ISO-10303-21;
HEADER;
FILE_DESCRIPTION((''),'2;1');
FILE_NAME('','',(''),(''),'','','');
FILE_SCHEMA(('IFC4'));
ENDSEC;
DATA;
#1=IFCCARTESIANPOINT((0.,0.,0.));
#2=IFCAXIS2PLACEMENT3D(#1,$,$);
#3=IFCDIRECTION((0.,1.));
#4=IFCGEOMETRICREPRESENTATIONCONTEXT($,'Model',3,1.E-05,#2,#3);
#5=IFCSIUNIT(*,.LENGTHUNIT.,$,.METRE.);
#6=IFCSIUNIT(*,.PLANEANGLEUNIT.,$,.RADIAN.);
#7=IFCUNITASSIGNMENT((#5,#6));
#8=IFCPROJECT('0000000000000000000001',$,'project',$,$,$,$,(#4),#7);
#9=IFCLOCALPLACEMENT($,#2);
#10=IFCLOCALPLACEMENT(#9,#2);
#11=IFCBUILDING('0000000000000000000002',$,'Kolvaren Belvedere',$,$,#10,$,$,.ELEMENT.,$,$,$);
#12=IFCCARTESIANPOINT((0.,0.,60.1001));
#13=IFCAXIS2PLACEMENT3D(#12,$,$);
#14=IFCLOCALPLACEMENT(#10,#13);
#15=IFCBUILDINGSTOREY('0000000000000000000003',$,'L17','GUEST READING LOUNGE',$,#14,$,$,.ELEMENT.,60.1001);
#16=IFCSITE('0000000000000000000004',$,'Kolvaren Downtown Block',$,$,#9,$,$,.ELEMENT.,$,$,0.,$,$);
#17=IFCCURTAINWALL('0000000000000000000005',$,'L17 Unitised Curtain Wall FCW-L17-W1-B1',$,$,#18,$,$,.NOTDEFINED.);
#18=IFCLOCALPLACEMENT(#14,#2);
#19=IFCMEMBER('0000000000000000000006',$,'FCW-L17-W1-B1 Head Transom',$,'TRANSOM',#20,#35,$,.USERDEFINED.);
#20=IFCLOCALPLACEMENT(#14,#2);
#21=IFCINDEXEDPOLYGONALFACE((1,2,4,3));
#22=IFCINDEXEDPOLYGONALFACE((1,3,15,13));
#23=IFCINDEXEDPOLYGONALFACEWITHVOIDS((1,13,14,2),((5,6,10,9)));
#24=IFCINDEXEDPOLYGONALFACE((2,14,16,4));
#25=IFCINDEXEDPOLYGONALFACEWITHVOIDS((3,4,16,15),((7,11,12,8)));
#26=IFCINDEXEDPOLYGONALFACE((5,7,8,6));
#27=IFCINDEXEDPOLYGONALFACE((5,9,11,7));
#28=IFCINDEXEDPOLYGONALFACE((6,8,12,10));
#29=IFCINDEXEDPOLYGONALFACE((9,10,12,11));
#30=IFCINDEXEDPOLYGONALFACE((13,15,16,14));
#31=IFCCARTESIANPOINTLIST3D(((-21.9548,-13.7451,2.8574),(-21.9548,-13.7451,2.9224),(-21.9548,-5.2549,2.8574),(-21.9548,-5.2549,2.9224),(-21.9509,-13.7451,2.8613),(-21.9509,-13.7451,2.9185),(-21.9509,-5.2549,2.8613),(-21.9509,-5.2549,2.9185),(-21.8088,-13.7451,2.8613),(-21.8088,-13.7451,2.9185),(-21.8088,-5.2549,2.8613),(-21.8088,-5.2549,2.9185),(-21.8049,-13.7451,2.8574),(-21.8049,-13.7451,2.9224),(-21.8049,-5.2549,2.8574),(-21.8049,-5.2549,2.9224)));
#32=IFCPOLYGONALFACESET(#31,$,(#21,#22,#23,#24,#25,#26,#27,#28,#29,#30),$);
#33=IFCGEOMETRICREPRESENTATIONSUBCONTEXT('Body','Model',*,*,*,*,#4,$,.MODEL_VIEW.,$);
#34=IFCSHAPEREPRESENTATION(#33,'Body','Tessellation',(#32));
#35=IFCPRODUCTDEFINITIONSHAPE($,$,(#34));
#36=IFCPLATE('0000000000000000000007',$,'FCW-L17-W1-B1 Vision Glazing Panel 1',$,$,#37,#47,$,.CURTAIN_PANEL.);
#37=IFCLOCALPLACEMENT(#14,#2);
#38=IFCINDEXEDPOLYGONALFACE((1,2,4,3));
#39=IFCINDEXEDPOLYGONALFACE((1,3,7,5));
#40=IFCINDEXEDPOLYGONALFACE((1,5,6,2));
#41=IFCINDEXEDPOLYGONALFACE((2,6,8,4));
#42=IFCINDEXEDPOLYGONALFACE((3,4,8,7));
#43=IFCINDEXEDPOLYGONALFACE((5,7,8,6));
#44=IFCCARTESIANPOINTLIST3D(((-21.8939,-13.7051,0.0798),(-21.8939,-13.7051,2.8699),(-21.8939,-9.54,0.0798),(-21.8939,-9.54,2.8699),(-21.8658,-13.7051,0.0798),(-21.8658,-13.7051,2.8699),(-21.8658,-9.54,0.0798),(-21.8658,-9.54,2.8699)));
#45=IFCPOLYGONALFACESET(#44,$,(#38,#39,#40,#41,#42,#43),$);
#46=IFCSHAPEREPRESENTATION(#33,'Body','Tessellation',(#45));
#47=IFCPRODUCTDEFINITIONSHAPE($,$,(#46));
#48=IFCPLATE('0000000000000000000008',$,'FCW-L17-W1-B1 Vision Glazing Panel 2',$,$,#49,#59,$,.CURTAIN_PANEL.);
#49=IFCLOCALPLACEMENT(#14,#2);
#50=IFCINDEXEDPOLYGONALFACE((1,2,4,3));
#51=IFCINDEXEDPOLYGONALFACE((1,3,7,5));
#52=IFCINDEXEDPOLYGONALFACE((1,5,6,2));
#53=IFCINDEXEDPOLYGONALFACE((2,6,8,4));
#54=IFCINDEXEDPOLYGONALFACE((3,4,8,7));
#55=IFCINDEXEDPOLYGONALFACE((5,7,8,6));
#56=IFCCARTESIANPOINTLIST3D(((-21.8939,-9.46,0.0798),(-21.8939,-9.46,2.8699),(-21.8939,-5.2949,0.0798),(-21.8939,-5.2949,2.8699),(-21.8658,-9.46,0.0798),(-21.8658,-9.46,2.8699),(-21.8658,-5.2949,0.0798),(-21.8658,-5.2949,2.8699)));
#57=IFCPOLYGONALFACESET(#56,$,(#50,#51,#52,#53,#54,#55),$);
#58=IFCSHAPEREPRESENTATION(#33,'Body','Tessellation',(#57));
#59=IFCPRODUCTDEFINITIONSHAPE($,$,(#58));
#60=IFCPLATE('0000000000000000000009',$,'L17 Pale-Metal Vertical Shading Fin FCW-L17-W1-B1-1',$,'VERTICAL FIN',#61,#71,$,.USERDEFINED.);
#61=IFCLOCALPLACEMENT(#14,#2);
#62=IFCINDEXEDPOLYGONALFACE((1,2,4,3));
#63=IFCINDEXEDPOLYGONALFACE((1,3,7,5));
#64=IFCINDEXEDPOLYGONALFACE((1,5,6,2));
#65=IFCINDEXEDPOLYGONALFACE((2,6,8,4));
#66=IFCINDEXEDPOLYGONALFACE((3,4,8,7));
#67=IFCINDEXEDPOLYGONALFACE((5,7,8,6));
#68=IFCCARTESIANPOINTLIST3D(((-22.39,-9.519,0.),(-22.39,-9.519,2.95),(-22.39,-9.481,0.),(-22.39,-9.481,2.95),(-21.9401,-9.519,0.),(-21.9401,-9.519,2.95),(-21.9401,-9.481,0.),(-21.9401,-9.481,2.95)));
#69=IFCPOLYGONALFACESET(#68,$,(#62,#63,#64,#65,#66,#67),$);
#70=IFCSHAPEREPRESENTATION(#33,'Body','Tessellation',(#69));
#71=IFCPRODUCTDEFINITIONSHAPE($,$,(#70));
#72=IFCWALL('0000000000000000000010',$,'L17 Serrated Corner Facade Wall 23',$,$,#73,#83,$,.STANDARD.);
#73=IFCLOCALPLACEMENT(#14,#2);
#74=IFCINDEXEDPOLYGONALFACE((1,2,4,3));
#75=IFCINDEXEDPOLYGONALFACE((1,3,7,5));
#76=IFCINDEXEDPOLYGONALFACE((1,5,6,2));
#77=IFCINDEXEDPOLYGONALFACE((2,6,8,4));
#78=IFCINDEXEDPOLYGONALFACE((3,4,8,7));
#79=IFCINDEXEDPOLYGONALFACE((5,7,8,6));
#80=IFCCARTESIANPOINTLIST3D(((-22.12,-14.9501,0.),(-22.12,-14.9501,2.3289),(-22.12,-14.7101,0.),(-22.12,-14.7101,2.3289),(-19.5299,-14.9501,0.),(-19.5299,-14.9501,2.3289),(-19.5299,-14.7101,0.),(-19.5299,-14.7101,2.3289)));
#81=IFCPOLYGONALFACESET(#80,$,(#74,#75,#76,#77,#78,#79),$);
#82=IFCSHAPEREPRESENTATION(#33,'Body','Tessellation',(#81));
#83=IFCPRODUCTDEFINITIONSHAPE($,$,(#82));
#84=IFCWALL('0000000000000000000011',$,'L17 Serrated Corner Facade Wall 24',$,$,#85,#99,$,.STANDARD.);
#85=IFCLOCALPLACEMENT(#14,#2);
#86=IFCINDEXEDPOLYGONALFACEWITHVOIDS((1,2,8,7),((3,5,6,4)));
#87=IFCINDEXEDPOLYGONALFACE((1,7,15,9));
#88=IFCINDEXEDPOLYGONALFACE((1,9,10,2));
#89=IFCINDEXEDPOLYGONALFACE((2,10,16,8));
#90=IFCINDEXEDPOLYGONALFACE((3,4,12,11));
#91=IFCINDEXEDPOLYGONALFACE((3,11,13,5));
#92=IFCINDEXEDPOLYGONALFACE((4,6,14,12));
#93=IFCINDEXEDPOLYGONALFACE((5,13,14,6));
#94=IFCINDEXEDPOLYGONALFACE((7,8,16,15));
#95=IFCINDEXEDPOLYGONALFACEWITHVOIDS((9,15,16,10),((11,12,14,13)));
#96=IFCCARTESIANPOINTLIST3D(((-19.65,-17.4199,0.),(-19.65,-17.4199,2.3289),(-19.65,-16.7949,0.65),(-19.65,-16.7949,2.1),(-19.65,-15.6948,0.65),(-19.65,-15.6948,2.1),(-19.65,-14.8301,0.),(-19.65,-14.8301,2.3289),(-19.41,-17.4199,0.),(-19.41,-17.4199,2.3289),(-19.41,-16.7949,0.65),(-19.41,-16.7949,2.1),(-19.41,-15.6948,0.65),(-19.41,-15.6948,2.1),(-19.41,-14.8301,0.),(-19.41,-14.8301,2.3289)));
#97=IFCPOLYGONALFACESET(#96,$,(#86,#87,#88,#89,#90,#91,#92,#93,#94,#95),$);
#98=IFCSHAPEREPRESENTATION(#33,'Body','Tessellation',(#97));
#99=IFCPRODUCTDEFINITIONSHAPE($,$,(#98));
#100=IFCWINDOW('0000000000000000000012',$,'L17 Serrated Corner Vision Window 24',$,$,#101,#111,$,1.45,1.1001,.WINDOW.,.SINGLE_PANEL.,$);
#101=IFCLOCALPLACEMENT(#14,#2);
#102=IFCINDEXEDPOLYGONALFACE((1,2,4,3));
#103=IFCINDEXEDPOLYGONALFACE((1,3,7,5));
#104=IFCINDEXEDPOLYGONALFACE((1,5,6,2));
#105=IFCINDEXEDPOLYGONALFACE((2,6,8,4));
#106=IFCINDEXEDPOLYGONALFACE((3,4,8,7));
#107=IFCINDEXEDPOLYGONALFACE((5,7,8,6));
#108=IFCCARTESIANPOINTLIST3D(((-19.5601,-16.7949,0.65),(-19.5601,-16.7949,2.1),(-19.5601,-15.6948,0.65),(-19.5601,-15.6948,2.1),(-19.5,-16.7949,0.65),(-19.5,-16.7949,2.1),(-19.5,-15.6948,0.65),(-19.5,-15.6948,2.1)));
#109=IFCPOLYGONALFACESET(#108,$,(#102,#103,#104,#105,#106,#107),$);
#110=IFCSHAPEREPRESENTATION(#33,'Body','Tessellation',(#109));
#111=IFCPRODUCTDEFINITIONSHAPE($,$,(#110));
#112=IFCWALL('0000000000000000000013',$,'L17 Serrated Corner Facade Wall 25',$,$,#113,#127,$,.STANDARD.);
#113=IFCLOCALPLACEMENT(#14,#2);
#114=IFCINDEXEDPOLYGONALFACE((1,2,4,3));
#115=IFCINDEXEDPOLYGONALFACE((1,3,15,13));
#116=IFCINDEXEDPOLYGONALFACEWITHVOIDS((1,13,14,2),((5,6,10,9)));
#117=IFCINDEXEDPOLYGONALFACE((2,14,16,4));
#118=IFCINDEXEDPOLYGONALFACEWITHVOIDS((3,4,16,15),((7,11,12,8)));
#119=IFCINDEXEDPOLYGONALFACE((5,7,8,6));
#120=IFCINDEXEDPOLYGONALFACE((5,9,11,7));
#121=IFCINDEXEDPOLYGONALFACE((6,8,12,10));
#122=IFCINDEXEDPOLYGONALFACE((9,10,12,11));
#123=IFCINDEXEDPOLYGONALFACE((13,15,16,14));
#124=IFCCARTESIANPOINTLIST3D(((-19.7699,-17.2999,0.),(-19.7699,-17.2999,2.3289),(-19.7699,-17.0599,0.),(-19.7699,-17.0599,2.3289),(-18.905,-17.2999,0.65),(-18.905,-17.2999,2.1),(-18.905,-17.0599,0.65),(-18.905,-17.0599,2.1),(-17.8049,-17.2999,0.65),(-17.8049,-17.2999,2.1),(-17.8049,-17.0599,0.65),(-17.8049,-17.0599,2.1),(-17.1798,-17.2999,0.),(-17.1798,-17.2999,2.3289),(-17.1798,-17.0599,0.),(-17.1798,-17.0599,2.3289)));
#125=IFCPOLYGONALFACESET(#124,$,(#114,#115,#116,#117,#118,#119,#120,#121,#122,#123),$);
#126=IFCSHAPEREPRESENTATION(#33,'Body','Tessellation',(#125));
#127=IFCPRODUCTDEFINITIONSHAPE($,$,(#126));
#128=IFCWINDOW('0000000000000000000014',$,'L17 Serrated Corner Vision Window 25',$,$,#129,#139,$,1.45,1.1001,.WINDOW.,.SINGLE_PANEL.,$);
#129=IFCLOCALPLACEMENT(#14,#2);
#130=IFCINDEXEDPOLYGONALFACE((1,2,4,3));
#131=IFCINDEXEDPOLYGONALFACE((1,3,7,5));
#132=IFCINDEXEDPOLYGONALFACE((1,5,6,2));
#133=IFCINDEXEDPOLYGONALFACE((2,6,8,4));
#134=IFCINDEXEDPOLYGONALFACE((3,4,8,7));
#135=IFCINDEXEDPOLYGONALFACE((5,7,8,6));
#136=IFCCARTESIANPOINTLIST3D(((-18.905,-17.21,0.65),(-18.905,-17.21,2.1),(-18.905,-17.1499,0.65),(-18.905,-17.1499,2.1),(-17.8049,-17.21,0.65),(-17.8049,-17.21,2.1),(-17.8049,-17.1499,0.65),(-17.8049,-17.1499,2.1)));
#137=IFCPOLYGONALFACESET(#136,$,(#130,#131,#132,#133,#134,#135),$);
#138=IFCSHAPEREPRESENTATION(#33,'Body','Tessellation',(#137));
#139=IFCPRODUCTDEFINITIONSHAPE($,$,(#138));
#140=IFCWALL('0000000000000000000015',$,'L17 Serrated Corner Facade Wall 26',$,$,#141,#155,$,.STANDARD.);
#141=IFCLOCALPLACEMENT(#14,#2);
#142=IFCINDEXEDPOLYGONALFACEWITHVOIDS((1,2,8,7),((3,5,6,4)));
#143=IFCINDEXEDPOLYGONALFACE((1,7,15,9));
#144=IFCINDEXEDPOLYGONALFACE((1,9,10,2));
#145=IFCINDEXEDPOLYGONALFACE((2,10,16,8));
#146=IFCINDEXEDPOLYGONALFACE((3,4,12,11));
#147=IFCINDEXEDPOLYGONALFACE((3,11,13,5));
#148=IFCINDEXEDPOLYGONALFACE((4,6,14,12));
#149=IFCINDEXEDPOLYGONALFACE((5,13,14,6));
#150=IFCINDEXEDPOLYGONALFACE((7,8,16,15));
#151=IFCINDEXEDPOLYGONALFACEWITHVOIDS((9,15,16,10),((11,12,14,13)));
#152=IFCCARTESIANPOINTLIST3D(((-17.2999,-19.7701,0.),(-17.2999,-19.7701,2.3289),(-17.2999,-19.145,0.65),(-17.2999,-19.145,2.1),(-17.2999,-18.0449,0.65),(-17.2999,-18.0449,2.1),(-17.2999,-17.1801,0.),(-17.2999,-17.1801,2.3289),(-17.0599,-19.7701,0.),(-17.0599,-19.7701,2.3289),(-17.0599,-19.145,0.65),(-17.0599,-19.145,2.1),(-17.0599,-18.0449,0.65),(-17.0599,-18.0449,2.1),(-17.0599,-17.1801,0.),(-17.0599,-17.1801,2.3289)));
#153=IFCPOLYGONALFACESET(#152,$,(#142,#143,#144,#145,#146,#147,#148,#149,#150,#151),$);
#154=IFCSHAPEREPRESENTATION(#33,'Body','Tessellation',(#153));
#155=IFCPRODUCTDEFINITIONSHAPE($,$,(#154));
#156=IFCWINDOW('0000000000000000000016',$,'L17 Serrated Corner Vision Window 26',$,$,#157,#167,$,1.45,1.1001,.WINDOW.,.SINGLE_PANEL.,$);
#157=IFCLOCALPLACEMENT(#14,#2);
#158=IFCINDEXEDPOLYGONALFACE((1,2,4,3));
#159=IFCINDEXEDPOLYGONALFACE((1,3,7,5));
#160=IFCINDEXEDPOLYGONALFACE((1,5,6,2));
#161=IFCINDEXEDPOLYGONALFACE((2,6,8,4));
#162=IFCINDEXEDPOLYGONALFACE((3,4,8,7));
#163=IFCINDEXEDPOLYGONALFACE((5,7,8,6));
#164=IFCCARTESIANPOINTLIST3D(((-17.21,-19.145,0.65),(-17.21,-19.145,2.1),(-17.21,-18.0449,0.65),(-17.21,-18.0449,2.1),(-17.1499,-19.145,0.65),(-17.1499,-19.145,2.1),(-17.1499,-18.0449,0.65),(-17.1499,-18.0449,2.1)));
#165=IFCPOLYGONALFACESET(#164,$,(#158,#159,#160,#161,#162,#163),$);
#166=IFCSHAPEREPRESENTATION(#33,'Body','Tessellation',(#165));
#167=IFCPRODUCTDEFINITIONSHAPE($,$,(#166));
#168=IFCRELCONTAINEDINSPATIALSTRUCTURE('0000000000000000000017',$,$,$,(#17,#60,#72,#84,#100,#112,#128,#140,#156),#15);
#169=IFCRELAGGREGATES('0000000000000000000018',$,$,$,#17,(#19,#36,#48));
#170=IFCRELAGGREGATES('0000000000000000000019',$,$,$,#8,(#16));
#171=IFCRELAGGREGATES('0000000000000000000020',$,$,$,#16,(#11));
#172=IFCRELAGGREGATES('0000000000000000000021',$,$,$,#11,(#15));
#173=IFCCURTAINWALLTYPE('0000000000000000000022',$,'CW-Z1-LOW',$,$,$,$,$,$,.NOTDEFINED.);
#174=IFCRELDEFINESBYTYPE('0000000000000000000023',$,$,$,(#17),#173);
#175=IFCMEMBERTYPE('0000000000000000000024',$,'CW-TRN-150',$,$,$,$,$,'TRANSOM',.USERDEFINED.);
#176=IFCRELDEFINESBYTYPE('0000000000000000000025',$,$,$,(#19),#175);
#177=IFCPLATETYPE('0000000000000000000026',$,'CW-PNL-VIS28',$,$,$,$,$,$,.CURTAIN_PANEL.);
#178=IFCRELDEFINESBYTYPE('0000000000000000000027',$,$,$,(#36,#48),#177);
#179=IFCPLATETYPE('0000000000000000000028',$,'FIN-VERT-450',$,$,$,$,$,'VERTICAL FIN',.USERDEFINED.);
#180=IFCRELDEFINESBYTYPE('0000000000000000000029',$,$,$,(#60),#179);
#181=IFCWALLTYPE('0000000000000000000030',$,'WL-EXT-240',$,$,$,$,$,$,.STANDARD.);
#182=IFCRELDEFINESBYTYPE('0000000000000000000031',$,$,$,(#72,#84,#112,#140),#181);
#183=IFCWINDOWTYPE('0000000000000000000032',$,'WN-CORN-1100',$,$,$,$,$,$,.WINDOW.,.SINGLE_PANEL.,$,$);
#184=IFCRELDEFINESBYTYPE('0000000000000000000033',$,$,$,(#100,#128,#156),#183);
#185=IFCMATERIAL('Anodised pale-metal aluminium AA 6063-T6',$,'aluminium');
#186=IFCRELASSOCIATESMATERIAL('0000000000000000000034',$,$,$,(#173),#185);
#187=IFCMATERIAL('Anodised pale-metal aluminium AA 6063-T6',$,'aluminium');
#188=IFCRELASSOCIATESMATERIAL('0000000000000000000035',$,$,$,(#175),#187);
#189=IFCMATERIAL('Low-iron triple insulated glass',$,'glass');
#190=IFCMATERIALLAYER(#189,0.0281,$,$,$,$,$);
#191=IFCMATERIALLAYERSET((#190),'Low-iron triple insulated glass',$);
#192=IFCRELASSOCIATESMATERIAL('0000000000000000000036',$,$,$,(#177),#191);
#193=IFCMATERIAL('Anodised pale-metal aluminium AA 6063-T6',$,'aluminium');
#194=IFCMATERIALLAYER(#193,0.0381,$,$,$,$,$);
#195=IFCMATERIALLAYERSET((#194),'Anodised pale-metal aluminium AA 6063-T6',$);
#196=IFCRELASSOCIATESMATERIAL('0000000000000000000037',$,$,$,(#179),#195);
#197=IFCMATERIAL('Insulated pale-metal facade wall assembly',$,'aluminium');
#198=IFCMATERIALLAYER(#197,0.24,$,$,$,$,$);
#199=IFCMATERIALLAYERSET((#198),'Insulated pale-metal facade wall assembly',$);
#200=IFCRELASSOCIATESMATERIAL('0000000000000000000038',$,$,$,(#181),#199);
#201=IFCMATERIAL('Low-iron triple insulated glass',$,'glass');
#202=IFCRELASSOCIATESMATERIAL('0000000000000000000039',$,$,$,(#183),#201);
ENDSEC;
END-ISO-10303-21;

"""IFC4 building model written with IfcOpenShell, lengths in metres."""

from ifc_helpers import new_model, si_unit, direction, frame, frame_2d, origin, origin_2d, place, context, subcontext, project, spatial, rectangle, hollow_rectangle, extrude, material, layer, layer_set, material_profile, profile_set, type_object, element, fill, aggregate, save


model = new_model("IFC4")

# Units and contexts
model_context = context("Model", 3, precision=1e-05, world=origin(), true_north=direction((0.0, 1.0)))
body_context = subcontext(model_context, "Body", "Model", "MODEL_VIEW")
ifc_project = project(units=[si_unit("LENGTHUNIT", "METRE"), si_unit("PLANEANGLEUNIT", "RADIAN")], contexts=[model_context])

# Site, building, storey
site_placement = place(None, origin())
site = spatial("IfcSite", under=ifc_project, at=site_placement, Name="Kolvaren Downtown Block", CompositionType="ELEMENT", RefElevation=0.0)
building_placement = place(site_placement, origin())
building = spatial("IfcBuilding", under=site, at=building_placement, Name="Kolvaren Belvedere", CompositionType="ELEMENT")
storey_placement = place(building_placement, frame((0.0, 0.0, 60.1001)))
storey = spatial("IfcBuildingStorey", under=building, at=storey_placement, Name="L17", Description="GUEST READING LOUNGE", CompositionType="ELEMENT", Elevation=60.1001)

# Curtain wall, member, plates
ifc_material_1 = material(Name="Anodised pale-metal aluminium AA 6063-T6", Category="aluminium")
curtain_wall_type = type_object("IfcCurtainWallType", Name="CW-Z1-LOW", PredefinedType="NOTDEFINED", material=ifc_material_1)
curtain_wall_placement = place(storey_placement, origin())
curtain_wall = element("IfcCurtainWall", 1, at=curtain_wall_placement, inside=storey, type_object=curtain_wall_type, Name="L17 Unitised Curtain Wall FCW-L17-W1-B1", PredefinedType="NOTDEFINED")
ifc_material_2 = material(Name="Anodised pale-metal aluminium AA 6063-T6", Category="aluminium")
ifc_material_profile_1 = material_profile(ifc_material_2, hollow_rectangle(XDim=0.0649, YDim=0.1499, WallThickness=0.0039, at=origin_2d()), Name="ALU-TRN-150X65")
ifc_profile_set_1 = profile_set([ifc_material_profile_1], Name="Anodised pale-metal aluminium AA 6063-T6")
member_type_1 = type_object("IfcMemberType", Name="CW-TRN-150", ElementType="TRANSOM", PredefinedType="USERDEFINED", material=ifc_profile_set_1)
member_1_placement = place(storey_placement, frame((-21.8799, -13.7451, 2.8899), z_axis=(0.0, 1.0, 0.0), x_axis=(0.0, 0.0, 1.0)))
member_1 = element("IfcMember", 2, at=member_1_placement, type_object=member_type_1, Name="FCW-L17-W1-B1 Head Transom", ObjectType="TRANSOM", PredefinedType="USERDEFINED", context=body_context, shape_type="SweptSolid", body=[
    extrude(hollow_rectangle(XDim=0.0649, YDim=0.1499, WallThickness=0.0039, at=origin_2d()), origin(), (0.0, 0.0, 1.0), 8.4902),
])
ifc_material_3 = material(Name="Low-iron triple insulated glass", Category="glass")
ifc_layer_1 = layer(ifc_material_3, 0.0281)
ifc_layer_set_1 = layer_set([ifc_layer_1], Name="Low-iron triple insulated glass")
plate_type_1 = type_object("IfcPlateType", Name="CW-PNL-VIS28", PredefinedType="CURTAIN_PANEL", material=ifc_layer_set_1)
plate_1_placement = place(storey_placement, frame((-21.8799, -11.6226, 0.0798), z_axis=(0.0, 0.0, 1.0), x_axis=(0.0, 1.0, 0.0)))
plate_1 = element("IfcPlate", 3, at=plate_1_placement, type_object=plate_type_1, Name="FCW-L17-W1-B1 Vision Glazing Panel 1", PredefinedType="CURTAIN_PANEL", context=body_context, shape_type="SweptSolid", body=[
    extrude(rectangle(XDim=4.165, YDim=0.0281, at=origin_2d()), origin(), (0.0, 0.0, 1.0), 2.79),
])
plate_2_placement = place(storey_placement, frame((-21.8799, -7.3774, 0.0798), z_axis=(0.0, 0.0, 1.0), x_axis=(0.0, 1.0, 0.0)))
plate_2 = element("IfcPlate", 4, at=plate_2_placement, type_object=plate_type_1, Name="FCW-L17-W1-B1 Vision Glazing Panel 2", PredefinedType="CURTAIN_PANEL", context=body_context, shape_type="SweptSolid", body=[
    extrude(rectangle(XDim=4.165, YDim=0.0281, at=origin_2d()), origin(), (0.0, 0.0, 1.0), 2.79),
])
aggregate(curtain_wall, [member_1, plate_1, plate_2])

# Plate
ifc_material_4 = material(Name="Anodised pale-metal aluminium AA 6063-T6", Category="aluminium")
ifc_layer_2 = layer(ifc_material_4, 0.0381)
ifc_layer_set_2 = layer_set([ifc_layer_2], Name="Anodised pale-metal aluminium AA 6063-T6")
plate_type_2 = type_object("IfcPlateType", Name="FIN-VERT-450", ElementType="VERTICAL FIN", PredefinedType="USERDEFINED", material=ifc_layer_set_2)
plate_3_placement = place(storey_placement, frame((-22.165, -9.5, 0.0), z_axis=(0.0, 0.0, 1.0), x_axis=(1.0, 0.0, 0.0)))
element("IfcPlate", 5, at=plate_3_placement, inside=storey, type_object=plate_type_2, Name="L17 Pale-Metal Vertical Shading Fin FCW-L17-W1-B1-1", ObjectType="VERTICAL FIN", PredefinedType="USERDEFINED", context=body_context, shape_type="SweptSolid", body=[
    extrude(rectangle(XDim=0.45, YDim=0.0381, at=origin_2d()), origin(), (0.0, 0.0, 1.0), 2.95),
])

# Wall
ifc_material_5 = material(Name="Insulated pale-metal facade wall assembly", Category="aluminium")
ifc_layer_3 = layer(ifc_material_5, 0.24)
ifc_layer_set_3 = layer_set([ifc_layer_3], Name="Insulated pale-metal facade wall assembly")
wall_type_1 = type_object("IfcWallType", Name="WL-EXT-240", PredefinedType="STANDARD", material=ifc_layer_set_3)
wall_1_placement = place(storey_placement, frame((-19.53, -14.8301, 0.0), z_axis=(0.0, 0.0, 1.0), x_axis=(-1.0, 0.0, 0.0)))
element("IfcWall", 6, at=wall_1_placement, inside=storey, type_object=wall_type_1, Name="L17 Serrated Corner Facade Wall 23", PredefinedType="STANDARD", context=body_context, shape_type="SweptSolid", body=[
    extrude(rectangle(XDim=2.5901, YDim=0.24, at=frame_2d((1.2949, 0.0))), origin(), (0.0, 0.0, 1.0), 2.3289),
])

# Walls, openings, windows
wall_2_placement = place(storey_placement, frame((-19.53, -17.4199, 0.0), z_axis=(0.0, 0.0, 1.0), x_axis=(0.0, 1.0, 0.0)))
wall_2 = element("IfcWall", 7, at=wall_2_placement, inside=storey, type_object=wall_type_1, Name="L17 Serrated Corner Facade Wall 24", PredefinedType="STANDARD", context=body_context, shape_type="SweptSolid", body=[
    extrude(rectangle(XDim=2.5898, YDim=0.24, at=frame_2d((1.2949, 0.0))), origin(), (0.0, 0.0, 1.0), 2.3289),
])
opening_1_placement = place(wall_2_placement, frame((0.625, 0.0, 0.6499)))
opening_1 = element("IfcOpeningElement", 8, at=opening_1_placement, cuts=wall_2, PredefinedType="OPENING", context=body_context, shape_type="SweptSolid", body=[
    extrude(rectangle(XDim=1.1001, YDim=1.45, at=frame_2d((0.55, 0.7251))), frame((0.0, 0.1299, 0.0), z_axis=(0.0, -1.0, 0.0), x_axis=(1.0, 0.0, 0.0)), (0.0, 0.0, 1.0), 0.26),
])
ifc_material_6 = material(Name="Low-iron triple insulated glass", Category="glass")
window_type = type_object("IfcWindowType", Name="WN-CORN-1100", PartitioningType="SINGLE_PANEL", PredefinedType="WINDOW", material=ifc_material_6)
window_1_placement = place(opening_1_placement, origin())
window_1 = element("IfcWindow", 9, at=window_1_placement, inside=storey, type_object=window_type, Name="L17 Serrated Corner Vision Window 24", OverallHeight=1.45, OverallWidth=1.1001, PartitioningType="SINGLE_PANEL", PredefinedType="WINDOW", context=body_context, shape_type="SweptSolid", body=[
    extrude(rectangle(XDim=1.1001, YDim=1.45, at=frame_2d((0.55, 0.7251))), frame((0.0, 0.03, 0.0), z_axis=(0.0, -1.0, 0.0), x_axis=(1.0, 0.0, 0.0)), (0.0, 0.0, 1.0), 0.0601),
])
fill(opening_1, window_1)
wall_3_placement = place(storey_placement, frame((-17.1799, -17.1799, 0.0), z_axis=(0.0, 0.0, 1.0), x_axis=(-1.0, 0.0, 0.0)))
wall_3 = element("IfcWall", 10, at=wall_3_placement, inside=storey, type_object=wall_type_1, Name="L17 Serrated Corner Facade Wall 25", PredefinedType="STANDARD", context=body_context, shape_type="SweptSolid", body=[
    extrude(rectangle(XDim=2.5901, YDim=0.24, at=frame_2d((1.2949, 0.0))), origin(), (0.0, 0.0, 1.0), 2.3289),
])
opening_2_placement = place(wall_3_placement, frame((0.625, 0.0, 0.6499)))
opening_2 = element("IfcOpeningElement", 11, at=opening_2_placement, cuts=wall_3, PredefinedType="OPENING", context=body_context, shape_type="SweptSolid", body=[
    extrude(rectangle(XDim=1.1001, YDim=1.45, at=frame_2d((0.55, 0.7251))), frame((0.0, 0.1299, 0.0), z_axis=(0.0, -1.0, 0.0), x_axis=(1.0, 0.0, 0.0)), (0.0, 0.0, 1.0), 0.26),
])
window_2_placement = place(opening_2_placement, origin())
window_2 = element("IfcWindow", 12, at=window_2_placement, inside=storey, type_object=window_type, Name="L17 Serrated Corner Vision Window 25", OverallHeight=1.45, OverallWidth=1.1001, PartitioningType="SINGLE_PANEL", PredefinedType="WINDOW", context=body_context, shape_type="SweptSolid", body=[
    extrude(rectangle(XDim=1.1001, YDim=1.45, at=frame_2d((0.55, 0.7251))), frame((0.0, 0.03, 0.0), z_axis=(0.0, -1.0, 0.0), x_axis=(1.0, 0.0, 0.0)), (0.0, 0.0, 1.0), 0.0601),
])
fill(opening_2, window_2)
wall_4_placement = place(storey_placement, frame((-17.1799, -19.77, 0.0), z_axis=(0.0, 0.0, 1.0), x_axis=(0.0, 1.0, 0.0)))
wall_4 = element("IfcWall", 13, at=wall_4_placement, inside=storey, type_object=wall_type_1, Name="L17 Serrated Corner Facade Wall 26", PredefinedType="STANDARD", context=body_context, shape_type="SweptSolid", body=[
    extrude(rectangle(XDim=2.5901, YDim=0.24, at=frame_2d((1.2949, 0.0))), origin(), (0.0, 0.0, 1.0), 2.3289),
])
opening_3_placement = place(wall_4_placement, frame((0.625, 0.0, 0.6499)))
opening_3 = element("IfcOpeningElement", 14, at=opening_3_placement, cuts=wall_4, PredefinedType="OPENING", context=body_context, shape_type="SweptSolid", body=[
    extrude(rectangle(XDim=1.1001, YDim=1.45, at=frame_2d((0.55, 0.7251))), frame((0.0, 0.1299, 0.0), z_axis=(0.0, -1.0, 0.0), x_axis=(1.0, 0.0, 0.0)), (0.0, 0.0, 1.0), 0.26),
])
window_3_placement = place(opening_3_placement, origin())
window_3 = element("IfcWindow", 15, at=window_3_placement, inside=storey, type_object=window_type, Name="L17 Serrated Corner Vision Window 26", OverallHeight=1.45, OverallWidth=1.1001, PartitioningType="SINGLE_PANEL", PredefinedType="WINDOW", context=body_context, shape_type="SweptSolid", body=[
    extrude(rectangle(XDim=1.1001, YDim=1.45, at=frame_2d((0.55, 0.7251))), frame((0.0, 0.03, 0.0), z_axis=(0.0, -1.0, 0.0), x_axis=(1.0, 0.0, 0.0)), (0.0, 0.0, 1.0), 0.0601),
])
fill(opening_3, window_3)

save(model, "model.ifc")
